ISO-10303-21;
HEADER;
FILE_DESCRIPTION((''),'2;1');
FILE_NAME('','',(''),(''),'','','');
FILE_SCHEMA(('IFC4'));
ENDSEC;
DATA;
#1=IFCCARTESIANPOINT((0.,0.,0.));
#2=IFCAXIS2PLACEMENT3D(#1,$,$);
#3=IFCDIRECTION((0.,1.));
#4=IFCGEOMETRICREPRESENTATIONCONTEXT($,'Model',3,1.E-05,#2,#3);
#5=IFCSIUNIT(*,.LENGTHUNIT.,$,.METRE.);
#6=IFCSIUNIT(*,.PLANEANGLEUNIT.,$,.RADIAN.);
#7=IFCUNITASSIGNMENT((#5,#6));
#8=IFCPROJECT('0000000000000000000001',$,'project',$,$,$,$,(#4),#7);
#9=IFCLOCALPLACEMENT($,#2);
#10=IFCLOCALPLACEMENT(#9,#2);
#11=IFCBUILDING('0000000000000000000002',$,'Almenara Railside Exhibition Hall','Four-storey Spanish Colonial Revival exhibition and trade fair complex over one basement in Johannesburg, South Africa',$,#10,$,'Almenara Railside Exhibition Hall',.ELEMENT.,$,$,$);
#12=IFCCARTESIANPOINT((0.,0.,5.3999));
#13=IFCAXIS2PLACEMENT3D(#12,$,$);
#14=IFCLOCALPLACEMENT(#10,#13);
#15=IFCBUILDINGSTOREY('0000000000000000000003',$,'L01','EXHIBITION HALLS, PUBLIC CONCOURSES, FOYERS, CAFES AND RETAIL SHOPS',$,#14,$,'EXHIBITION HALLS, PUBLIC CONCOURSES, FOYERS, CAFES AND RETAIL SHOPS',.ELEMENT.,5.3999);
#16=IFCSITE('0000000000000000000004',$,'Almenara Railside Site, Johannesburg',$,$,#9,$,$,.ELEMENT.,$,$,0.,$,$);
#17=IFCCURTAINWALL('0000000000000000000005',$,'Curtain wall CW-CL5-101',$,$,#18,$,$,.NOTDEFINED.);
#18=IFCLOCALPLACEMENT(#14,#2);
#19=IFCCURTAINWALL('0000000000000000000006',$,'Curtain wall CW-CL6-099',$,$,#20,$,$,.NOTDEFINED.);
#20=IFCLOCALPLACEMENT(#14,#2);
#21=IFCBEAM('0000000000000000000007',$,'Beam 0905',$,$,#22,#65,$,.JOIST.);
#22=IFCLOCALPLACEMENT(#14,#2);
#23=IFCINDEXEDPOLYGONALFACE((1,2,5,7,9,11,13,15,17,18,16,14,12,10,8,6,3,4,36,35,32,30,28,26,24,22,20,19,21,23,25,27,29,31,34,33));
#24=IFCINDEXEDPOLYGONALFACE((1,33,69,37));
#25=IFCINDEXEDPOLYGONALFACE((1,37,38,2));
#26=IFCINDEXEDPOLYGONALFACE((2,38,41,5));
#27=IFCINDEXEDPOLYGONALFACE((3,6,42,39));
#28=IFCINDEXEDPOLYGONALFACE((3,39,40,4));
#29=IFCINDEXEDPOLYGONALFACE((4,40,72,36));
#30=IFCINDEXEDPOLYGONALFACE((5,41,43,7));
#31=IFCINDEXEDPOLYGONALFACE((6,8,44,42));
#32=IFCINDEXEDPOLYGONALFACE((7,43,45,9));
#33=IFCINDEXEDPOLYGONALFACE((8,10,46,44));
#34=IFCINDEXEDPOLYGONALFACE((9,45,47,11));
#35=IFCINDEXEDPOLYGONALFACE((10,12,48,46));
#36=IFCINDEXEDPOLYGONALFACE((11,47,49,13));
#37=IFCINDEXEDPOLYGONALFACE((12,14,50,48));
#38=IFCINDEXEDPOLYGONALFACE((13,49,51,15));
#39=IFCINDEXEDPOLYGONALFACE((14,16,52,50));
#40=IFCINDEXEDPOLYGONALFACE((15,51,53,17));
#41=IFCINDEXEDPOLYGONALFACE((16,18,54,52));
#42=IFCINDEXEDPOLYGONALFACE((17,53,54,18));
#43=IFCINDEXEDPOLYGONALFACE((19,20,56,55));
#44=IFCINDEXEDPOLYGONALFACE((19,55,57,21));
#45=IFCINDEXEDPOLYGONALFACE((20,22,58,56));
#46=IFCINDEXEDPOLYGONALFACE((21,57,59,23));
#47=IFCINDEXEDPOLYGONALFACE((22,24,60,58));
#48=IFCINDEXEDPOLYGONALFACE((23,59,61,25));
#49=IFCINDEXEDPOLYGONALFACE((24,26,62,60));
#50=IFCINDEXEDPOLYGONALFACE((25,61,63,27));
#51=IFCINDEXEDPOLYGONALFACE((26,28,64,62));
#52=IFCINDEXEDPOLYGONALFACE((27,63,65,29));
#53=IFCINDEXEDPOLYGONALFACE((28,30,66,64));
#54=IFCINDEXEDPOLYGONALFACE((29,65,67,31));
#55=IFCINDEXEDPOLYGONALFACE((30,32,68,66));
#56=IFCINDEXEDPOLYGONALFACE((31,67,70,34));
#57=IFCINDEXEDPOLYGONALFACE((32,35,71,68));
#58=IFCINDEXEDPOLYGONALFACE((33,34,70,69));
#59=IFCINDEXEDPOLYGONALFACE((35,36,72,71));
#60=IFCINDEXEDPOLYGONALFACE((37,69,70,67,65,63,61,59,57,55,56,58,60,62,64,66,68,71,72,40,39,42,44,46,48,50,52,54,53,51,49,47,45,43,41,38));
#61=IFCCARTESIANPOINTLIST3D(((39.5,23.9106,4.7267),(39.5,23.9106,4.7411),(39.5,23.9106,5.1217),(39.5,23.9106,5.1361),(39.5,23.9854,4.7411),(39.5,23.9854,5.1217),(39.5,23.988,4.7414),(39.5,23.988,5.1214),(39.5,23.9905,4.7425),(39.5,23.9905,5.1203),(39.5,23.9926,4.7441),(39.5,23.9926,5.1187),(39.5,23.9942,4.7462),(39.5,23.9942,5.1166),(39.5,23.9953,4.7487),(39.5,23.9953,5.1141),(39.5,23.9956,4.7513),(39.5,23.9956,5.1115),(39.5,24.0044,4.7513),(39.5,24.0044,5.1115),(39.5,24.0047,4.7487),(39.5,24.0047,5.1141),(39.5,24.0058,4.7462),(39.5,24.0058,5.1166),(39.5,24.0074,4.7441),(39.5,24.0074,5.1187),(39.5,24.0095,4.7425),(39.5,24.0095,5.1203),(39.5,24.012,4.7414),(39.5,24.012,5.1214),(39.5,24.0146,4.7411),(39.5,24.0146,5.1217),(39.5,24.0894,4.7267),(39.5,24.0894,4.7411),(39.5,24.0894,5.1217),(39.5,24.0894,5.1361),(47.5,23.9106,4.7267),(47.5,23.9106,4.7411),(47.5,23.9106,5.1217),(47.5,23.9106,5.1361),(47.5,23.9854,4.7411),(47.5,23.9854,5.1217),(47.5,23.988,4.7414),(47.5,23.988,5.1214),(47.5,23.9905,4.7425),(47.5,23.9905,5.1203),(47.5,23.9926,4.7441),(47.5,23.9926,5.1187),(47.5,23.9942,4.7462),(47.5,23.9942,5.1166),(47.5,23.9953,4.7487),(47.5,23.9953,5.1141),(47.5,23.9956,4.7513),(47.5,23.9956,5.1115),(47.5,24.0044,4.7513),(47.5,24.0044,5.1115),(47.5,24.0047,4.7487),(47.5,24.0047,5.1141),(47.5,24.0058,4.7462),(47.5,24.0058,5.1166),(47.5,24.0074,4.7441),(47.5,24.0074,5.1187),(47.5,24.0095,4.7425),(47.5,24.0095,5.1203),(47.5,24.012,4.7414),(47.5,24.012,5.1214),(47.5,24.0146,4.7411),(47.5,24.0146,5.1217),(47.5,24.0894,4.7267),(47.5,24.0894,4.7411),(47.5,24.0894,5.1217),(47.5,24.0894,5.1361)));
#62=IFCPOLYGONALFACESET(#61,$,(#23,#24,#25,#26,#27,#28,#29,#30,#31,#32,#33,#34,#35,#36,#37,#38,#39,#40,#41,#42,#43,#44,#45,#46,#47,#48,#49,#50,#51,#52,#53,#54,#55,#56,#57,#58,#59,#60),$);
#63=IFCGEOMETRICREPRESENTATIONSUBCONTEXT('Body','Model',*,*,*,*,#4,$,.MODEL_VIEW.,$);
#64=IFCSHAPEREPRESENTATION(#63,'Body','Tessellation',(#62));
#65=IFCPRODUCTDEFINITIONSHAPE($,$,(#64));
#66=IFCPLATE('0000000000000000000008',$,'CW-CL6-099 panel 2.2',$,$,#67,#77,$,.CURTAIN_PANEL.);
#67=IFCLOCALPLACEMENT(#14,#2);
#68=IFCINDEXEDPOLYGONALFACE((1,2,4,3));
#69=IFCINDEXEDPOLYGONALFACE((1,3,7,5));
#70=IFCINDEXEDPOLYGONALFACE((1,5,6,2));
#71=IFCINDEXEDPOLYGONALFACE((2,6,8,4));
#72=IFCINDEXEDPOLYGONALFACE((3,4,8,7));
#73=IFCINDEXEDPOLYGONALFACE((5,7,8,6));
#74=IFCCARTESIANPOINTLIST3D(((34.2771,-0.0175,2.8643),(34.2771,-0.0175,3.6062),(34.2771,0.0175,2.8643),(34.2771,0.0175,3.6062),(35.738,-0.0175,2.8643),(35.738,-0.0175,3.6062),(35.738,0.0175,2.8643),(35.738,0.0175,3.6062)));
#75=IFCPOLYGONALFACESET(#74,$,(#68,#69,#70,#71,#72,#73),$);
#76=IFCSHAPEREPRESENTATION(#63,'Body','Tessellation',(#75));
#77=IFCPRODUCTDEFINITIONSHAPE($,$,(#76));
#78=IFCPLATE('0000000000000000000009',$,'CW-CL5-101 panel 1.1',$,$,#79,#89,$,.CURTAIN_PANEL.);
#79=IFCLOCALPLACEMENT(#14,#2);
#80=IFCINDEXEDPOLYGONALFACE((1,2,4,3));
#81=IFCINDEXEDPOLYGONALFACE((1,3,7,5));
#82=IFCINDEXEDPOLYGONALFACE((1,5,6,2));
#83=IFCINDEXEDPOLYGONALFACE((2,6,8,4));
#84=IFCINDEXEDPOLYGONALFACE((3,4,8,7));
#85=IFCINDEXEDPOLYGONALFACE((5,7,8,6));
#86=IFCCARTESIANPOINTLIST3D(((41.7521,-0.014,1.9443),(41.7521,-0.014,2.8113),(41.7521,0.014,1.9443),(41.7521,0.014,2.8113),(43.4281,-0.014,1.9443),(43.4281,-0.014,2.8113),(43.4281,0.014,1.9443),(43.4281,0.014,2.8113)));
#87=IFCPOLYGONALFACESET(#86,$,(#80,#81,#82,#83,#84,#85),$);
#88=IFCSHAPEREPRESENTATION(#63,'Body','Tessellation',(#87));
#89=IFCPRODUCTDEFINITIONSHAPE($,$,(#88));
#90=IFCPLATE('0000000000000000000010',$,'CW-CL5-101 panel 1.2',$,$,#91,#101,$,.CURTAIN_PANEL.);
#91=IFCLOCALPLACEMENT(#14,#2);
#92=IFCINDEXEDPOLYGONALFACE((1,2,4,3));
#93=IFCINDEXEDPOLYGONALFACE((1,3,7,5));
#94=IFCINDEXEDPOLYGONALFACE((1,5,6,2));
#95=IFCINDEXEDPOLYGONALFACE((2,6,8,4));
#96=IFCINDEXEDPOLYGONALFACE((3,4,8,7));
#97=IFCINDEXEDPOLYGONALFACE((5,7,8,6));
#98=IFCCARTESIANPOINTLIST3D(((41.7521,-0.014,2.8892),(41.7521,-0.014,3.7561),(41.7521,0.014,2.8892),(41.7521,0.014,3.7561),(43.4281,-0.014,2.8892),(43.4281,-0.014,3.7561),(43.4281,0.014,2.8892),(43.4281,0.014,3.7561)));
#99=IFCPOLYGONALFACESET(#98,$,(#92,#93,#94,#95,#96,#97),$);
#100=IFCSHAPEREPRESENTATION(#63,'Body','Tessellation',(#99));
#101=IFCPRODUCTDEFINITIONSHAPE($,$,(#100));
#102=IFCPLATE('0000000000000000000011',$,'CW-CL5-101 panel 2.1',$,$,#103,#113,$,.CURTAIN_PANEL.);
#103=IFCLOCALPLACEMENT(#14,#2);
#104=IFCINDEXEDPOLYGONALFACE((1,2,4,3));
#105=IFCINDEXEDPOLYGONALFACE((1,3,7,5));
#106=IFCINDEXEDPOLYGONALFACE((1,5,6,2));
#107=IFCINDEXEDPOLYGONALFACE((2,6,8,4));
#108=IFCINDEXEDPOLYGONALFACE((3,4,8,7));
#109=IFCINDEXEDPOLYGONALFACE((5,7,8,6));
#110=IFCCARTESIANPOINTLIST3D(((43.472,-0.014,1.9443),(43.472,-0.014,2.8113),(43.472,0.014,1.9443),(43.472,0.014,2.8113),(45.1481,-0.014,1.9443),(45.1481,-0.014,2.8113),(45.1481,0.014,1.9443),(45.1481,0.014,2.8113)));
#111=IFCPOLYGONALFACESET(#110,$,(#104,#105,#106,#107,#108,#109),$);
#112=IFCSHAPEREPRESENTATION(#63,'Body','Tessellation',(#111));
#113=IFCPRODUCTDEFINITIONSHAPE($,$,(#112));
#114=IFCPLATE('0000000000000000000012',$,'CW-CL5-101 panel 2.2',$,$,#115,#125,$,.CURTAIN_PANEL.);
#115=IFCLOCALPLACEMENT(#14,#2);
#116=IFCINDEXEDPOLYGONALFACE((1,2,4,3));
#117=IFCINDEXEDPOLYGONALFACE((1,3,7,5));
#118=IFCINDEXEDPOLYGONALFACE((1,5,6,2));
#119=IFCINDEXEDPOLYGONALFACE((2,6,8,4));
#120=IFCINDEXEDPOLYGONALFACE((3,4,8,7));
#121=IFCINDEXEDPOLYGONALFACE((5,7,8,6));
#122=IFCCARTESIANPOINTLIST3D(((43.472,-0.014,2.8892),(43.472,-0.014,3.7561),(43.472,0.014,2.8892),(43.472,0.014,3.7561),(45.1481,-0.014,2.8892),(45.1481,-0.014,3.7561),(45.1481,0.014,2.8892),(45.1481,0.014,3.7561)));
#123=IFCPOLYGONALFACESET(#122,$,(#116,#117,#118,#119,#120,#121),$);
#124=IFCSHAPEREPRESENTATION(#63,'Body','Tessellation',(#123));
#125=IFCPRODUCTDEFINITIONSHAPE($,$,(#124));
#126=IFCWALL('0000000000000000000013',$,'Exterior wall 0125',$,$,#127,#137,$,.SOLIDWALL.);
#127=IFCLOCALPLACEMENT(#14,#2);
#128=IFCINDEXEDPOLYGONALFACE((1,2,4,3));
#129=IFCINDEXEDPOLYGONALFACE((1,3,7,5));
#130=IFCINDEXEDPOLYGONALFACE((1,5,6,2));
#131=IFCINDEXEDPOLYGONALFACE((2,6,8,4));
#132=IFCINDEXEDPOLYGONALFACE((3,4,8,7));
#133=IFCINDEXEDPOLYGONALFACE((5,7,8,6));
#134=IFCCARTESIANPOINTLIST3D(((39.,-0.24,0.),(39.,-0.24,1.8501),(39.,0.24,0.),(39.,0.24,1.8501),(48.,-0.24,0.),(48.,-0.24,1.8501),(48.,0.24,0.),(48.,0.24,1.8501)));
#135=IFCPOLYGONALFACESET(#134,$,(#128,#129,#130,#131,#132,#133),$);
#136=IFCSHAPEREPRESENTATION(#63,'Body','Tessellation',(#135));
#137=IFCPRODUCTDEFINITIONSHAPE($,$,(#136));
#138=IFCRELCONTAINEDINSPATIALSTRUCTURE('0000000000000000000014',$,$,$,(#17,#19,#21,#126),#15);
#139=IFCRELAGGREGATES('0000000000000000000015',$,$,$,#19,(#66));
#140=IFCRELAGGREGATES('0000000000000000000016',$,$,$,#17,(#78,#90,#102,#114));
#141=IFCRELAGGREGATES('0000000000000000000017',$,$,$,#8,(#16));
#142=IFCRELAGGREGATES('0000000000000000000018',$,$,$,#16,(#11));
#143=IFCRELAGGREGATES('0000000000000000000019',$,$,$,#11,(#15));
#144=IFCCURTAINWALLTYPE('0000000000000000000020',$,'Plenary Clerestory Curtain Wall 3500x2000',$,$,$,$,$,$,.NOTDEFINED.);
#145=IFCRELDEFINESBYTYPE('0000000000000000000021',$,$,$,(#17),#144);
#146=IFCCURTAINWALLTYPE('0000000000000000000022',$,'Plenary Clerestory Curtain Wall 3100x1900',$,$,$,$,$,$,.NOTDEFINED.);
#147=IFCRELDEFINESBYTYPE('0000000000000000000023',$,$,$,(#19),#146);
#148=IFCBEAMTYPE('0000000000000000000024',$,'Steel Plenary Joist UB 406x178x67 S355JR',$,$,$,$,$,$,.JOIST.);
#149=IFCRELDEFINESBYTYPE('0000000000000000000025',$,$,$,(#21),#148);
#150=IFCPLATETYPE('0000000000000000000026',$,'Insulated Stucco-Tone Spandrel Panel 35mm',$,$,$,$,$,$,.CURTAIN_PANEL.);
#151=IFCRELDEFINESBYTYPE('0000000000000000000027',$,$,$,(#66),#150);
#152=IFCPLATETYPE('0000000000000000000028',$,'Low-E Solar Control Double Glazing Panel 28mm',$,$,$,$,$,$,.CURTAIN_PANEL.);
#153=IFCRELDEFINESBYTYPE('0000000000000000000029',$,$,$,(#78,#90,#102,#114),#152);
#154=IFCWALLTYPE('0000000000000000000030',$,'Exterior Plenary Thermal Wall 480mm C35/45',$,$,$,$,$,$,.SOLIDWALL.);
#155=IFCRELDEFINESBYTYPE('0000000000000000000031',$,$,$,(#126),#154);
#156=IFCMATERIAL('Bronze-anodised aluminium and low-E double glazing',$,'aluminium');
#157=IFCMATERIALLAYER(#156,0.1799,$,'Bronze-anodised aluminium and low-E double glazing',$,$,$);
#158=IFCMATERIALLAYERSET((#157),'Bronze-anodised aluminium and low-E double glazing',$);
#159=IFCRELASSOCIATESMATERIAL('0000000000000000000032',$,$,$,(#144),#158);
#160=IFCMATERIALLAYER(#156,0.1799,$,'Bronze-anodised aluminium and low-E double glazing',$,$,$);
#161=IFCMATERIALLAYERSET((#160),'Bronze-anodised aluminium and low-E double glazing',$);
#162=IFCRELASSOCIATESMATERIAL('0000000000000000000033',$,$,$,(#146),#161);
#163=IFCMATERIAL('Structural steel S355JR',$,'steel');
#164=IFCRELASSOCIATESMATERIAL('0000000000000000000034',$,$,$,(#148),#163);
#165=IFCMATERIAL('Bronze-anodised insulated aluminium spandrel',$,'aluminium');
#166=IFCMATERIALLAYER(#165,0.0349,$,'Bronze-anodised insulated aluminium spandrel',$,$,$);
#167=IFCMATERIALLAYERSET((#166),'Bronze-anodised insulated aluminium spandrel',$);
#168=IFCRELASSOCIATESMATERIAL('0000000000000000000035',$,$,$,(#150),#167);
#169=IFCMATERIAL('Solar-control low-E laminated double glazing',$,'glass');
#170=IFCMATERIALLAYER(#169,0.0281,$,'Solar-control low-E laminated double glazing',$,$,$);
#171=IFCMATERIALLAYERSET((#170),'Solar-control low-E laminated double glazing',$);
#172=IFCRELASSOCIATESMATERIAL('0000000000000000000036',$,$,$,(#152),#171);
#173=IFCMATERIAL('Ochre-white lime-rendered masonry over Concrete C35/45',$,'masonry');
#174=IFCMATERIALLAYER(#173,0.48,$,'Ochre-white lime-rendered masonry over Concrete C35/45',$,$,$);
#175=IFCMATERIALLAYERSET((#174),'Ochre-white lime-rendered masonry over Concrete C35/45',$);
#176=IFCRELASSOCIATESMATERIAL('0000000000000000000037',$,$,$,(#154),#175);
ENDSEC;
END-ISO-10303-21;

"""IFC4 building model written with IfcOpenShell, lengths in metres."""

from ifc_helpers import new_model, si_unit, direction, frame, frame_2d, origin, origin_2d, place, context, subcontext, project, spatial, rectangle, i_section, extrude, material, layer, layer_set, material_profile, profile_set, type_object, element, aggregate, save


model = new_model("IFC4")

# Units and contexts
model_context = context("Model", 3, precision=1e-05, world=origin(), true_north=direction((0.0, 1.0)))
body_context = subcontext(model_context, "Body", "Model", "MODEL_VIEW")
ifc_project = project(units=[si_unit("LENGTHUNIT", "METRE"), si_unit("PLANEANGLEUNIT", "RADIAN")], contexts=[model_context])

# Site, building, storey
site_placement = place(None, origin())
site = spatial("IfcSite", under=ifc_project, at=site_placement, Name="Almenara Railside Site, Johannesburg", CompositionType="ELEMENT", RefElevation=0.0)
building_placement = place(site_placement, origin())
building = spatial("IfcBuilding", under=site, at=building_placement, Name="Almenara Railside Exhibition Hall", Description="Four-storey Spanish Colonial Revival exhibition and trade fair complex over one basement in Johannesburg, South Africa", LongName="Almenara Railside Exhibition Hall", CompositionType="ELEMENT")
storey_placement = place(building_placement, frame((0.0, 0.0, 5.3999)))
storey = spatial("IfcBuildingStorey", under=building, at=storey_placement, Name="L01", Description="EXHIBITION HALLS, PUBLIC CONCOURSES, FOYERS, CAFES AND RETAIL SHOPS", LongName="EXHIBITION HALLS, PUBLIC CONCOURSES, FOYERS, CAFES AND RETAIL SHOPS", CompositionType="ELEMENT", Elevation=5.3999)

# Curtain wall
ifc_material_1 = material(Name="Bronze-anodised aluminium and low-E double glazing", Category="aluminium")
ifc_layer_1 = layer(ifc_material_1, 0.1799, Name="Bronze-anodised aluminium and low-E double glazing")
ifc_layer_set_1 = layer_set([ifc_layer_1], Name="Bronze-anodised aluminium and low-E double glazing")
curtain_wall_type_1 = type_object("IfcCurtainWallType", Name="Plenary Clerestory Curtain Wall 3500x2000", PredefinedType="NOTDEFINED", material=ifc_layer_set_1)
curtain_wall_1_placement = place(storey_placement, origin())
curtain_wall_1 = element("IfcCurtainWall", 1, at=curtain_wall_1_placement, inside=storey, type_object=curtain_wall_type_1, Name="Curtain wall CW-CL5-101", PredefinedType="NOTDEFINED")

# Curtain wall
ifc_layer_2 = layer(ifc_material_1, 0.1799, Name="Bronze-anodised aluminium and low-E double glazing")
ifc_layer_set_2 = layer_set([ifc_layer_2], Name="Bronze-anodised aluminium and low-E double glazing")
curtain_wall_type_2 = type_object("IfcCurtainWallType", Name="Plenary Clerestory Curtain Wall 3100x1900", PredefinedType="NOTDEFINED", material=ifc_layer_set_2)
curtain_wall_2_placement = place(storey_placement, origin())
curtain_wall_2 = element("IfcCurtainWall", 2, at=curtain_wall_2_placement, inside=storey, type_object=curtain_wall_type_2, Name="Curtain wall CW-CL6-099", PredefinedType="NOTDEFINED")

# Beam
ifc_material_2 = material(Name="Structural steel S355JR", Category="steel")
ifc_material_profile_1 = material_profile(ifc_material_2, i_section(OverallWidth=0.1787, OverallDepth=0.4094, WebThickness=0.0088, FlangeThickness=0.0144, FilletRadius=0.0103, at=origin_2d()), Name="UB 406x178x67")
ifc_profile_set_1 = profile_set([ifc_material_profile_1], Name="Structural steel S355JR")
beam_type_1 = type_object("IfcBeamType", Name="Steel Plenary Joist UB 406x178x67 S355JR", PredefinedType="JOIST", material=ifc_profile_set_1)
for number, where, z_axis, x_axis, name in (
    (3, (39.5, 24.0, 4.9314), (1.0, 0.0, 0.0), (0.0, 1.0, 0.0), "Beam 0905"),
):
    element("IfcBeam", number, at=place(storey_placement, frame(where, z_axis=z_axis, x_axis=x_axis)), inside=storey, type_object=beam_type_1, Name=name, PredefinedType="JOIST", context=body_context, shape_type="SweptSolid", body=[
        extrude(i_section(OverallWidth=0.1787, OverallDepth=0.4094, WebThickness=0.0088, FlangeThickness=0.0144, FilletRadius=0.0103, at=origin_2d()), origin(), (0.0, 0.0, 1.0), 8.0),
    ])

# Plates
ifc_material_3 = material(Name="Bronze-anodised insulated aluminium spandrel", Category="aluminium")
ifc_layer_3 = layer(ifc_material_3, 0.0349, Name="Bronze-anodised insulated aluminium spandrel")
ifc_layer_set_3 = layer_set([ifc_layer_3], Name="Bronze-anodised insulated aluminium spandrel")
plate_type_1 = type_object("IfcPlateType", Name="Insulated Stucco-Tone Spandrel Panel 35mm", PredefinedType="CURTAIN_PANEL", material=ifc_layer_set_3)
plate_1_placement = place(storey_placement, frame((35.0076, 0.0, 2.8643), z_axis=(0.0, 0.0, 1.0), x_axis=(1.0, 0.0, 0.0)))
plate_1 = element("IfcPlate", 4, at=plate_1_placement, type_object=plate_type_1, Name="CW-CL6-099 panel 2.2", PredefinedType="CURTAIN_PANEL", context=body_context, shape_type="SweptSolid", body=[
    extrude(rectangle(XDim=1.4609, YDim=0.0349, at=origin_2d()), origin(), (0.0, 0.0, 1.0), 0.7419),
])
aggregate(curtain_wall_2, [plate_1])
ifc_material_4 = material(Name="Solar-control low-E laminated double glazing", Category="glass")
ifc_layer_4 = layer(ifc_material_4, 0.0281, Name="Solar-control low-E laminated double glazing")
ifc_layer_set_4 = layer_set([ifc_layer_4], Name="Solar-control low-E laminated double glazing")
plate_type_2 = type_object("IfcPlateType", Name="Low-E Solar Control Double Glazing Panel 28mm", PredefinedType="CURTAIN_PANEL", material=ifc_layer_set_4)
plate_2_placement = place(storey_placement, frame((42.5901, 0.0, 1.9443), z_axis=(0.0, 0.0, 1.0), x_axis=(1.0, 0.0, 0.0)))
plate_2 = element("IfcPlate", 5, at=plate_2_placement, type_object=plate_type_2, Name="CW-CL5-101 panel 1.1", PredefinedType="CURTAIN_PANEL", context=body_context, shape_type="SweptSolid", body=[
    extrude(rectangle(XDim=1.676, YDim=0.0281, at=origin_2d()), origin(), (0.0, 0.0, 1.0), 0.8669),
])
plate_3_placement = place(storey_placement, frame((42.5901, 0.0, 2.8892), z_axis=(0.0, 0.0, 1.0), x_axis=(1.0, 0.0, 0.0)))
plate_3 = element("IfcPlate", 6, at=plate_3_placement, type_object=plate_type_2, Name="CW-CL5-101 panel 1.2", PredefinedType="CURTAIN_PANEL", context=body_context, shape_type="SweptSolid", body=[
    extrude(rectangle(XDim=1.676, YDim=0.0281, at=origin_2d()), origin(), (0.0, 0.0, 1.0), 0.8669),
])
plate_4_placement = place(storey_placement, frame((44.3101, 0.0, 1.9443), z_axis=(0.0, 0.0, 1.0), x_axis=(1.0, 0.0, 0.0)))
plate_4 = element("IfcPlate", 7, at=plate_4_placement, type_object=plate_type_2, Name="CW-CL5-101 panel 2.1", PredefinedType="CURTAIN_PANEL", context=body_context, shape_type="SweptSolid", body=[
    extrude(rectangle(XDim=1.676, YDim=0.0281, at=origin_2d()), origin(), (0.0, 0.0, 1.0), 0.8669),
])
plate_5_placement = place(storey_placement, frame((44.3101, 0.0, 2.8892), z_axis=(0.0, 0.0, 1.0), x_axis=(1.0, 0.0, 0.0)))
plate_5 = element("IfcPlate", 8, at=plate_5_placement, type_object=plate_type_2, Name="CW-CL5-101 panel 2.2", PredefinedType="CURTAIN_PANEL", context=body_context, shape_type="SweptSolid", body=[
    extrude(rectangle(XDim=1.676, YDim=0.0281, at=origin_2d()), origin(), (0.0, 0.0, 1.0), 0.8669),
])
aggregate(curtain_wall_1, [plate_2, plate_3, plate_4, plate_5])

# Wall
ifc_material_5 = material(Name="Ochre-white lime-rendered masonry over Concrete C35/45", Category="masonry")
ifc_layer_5 = layer(ifc_material_5, 0.48, Name="Ochre-white lime-rendered masonry over Concrete C35/45")
ifc_layer_set_5 = layer_set([ifc_layer_5], Name="Ochre-white lime-rendered masonry over Concrete C35/45")
wall_type = type_object("IfcWallType", Name="Exterior Plenary Thermal Wall 480mm C35/45", PredefinedType="SOLIDWALL", material=ifc_layer_set_5)
wall_placement = place(storey_placement, frame((39.0, 0.0, 0.0), z_axis=(0.0, 0.0, 1.0), x_axis=(1.0, 0.0, 0.0)))
element("IfcWall", 9, at=wall_placement, inside=storey, type_object=wall_type, Name="Exterior wall 0125", PredefinedType="SOLIDWALL", context=body_context, shape_type="SweptSolid", body=[
    extrude(rectangle(XDim=9.0, YDim=0.48, at=frame_2d((4.5, 0.0))), origin(), (0.0, 0.0, 1.0), 1.8501),
])

save(model, "model.ifc")
